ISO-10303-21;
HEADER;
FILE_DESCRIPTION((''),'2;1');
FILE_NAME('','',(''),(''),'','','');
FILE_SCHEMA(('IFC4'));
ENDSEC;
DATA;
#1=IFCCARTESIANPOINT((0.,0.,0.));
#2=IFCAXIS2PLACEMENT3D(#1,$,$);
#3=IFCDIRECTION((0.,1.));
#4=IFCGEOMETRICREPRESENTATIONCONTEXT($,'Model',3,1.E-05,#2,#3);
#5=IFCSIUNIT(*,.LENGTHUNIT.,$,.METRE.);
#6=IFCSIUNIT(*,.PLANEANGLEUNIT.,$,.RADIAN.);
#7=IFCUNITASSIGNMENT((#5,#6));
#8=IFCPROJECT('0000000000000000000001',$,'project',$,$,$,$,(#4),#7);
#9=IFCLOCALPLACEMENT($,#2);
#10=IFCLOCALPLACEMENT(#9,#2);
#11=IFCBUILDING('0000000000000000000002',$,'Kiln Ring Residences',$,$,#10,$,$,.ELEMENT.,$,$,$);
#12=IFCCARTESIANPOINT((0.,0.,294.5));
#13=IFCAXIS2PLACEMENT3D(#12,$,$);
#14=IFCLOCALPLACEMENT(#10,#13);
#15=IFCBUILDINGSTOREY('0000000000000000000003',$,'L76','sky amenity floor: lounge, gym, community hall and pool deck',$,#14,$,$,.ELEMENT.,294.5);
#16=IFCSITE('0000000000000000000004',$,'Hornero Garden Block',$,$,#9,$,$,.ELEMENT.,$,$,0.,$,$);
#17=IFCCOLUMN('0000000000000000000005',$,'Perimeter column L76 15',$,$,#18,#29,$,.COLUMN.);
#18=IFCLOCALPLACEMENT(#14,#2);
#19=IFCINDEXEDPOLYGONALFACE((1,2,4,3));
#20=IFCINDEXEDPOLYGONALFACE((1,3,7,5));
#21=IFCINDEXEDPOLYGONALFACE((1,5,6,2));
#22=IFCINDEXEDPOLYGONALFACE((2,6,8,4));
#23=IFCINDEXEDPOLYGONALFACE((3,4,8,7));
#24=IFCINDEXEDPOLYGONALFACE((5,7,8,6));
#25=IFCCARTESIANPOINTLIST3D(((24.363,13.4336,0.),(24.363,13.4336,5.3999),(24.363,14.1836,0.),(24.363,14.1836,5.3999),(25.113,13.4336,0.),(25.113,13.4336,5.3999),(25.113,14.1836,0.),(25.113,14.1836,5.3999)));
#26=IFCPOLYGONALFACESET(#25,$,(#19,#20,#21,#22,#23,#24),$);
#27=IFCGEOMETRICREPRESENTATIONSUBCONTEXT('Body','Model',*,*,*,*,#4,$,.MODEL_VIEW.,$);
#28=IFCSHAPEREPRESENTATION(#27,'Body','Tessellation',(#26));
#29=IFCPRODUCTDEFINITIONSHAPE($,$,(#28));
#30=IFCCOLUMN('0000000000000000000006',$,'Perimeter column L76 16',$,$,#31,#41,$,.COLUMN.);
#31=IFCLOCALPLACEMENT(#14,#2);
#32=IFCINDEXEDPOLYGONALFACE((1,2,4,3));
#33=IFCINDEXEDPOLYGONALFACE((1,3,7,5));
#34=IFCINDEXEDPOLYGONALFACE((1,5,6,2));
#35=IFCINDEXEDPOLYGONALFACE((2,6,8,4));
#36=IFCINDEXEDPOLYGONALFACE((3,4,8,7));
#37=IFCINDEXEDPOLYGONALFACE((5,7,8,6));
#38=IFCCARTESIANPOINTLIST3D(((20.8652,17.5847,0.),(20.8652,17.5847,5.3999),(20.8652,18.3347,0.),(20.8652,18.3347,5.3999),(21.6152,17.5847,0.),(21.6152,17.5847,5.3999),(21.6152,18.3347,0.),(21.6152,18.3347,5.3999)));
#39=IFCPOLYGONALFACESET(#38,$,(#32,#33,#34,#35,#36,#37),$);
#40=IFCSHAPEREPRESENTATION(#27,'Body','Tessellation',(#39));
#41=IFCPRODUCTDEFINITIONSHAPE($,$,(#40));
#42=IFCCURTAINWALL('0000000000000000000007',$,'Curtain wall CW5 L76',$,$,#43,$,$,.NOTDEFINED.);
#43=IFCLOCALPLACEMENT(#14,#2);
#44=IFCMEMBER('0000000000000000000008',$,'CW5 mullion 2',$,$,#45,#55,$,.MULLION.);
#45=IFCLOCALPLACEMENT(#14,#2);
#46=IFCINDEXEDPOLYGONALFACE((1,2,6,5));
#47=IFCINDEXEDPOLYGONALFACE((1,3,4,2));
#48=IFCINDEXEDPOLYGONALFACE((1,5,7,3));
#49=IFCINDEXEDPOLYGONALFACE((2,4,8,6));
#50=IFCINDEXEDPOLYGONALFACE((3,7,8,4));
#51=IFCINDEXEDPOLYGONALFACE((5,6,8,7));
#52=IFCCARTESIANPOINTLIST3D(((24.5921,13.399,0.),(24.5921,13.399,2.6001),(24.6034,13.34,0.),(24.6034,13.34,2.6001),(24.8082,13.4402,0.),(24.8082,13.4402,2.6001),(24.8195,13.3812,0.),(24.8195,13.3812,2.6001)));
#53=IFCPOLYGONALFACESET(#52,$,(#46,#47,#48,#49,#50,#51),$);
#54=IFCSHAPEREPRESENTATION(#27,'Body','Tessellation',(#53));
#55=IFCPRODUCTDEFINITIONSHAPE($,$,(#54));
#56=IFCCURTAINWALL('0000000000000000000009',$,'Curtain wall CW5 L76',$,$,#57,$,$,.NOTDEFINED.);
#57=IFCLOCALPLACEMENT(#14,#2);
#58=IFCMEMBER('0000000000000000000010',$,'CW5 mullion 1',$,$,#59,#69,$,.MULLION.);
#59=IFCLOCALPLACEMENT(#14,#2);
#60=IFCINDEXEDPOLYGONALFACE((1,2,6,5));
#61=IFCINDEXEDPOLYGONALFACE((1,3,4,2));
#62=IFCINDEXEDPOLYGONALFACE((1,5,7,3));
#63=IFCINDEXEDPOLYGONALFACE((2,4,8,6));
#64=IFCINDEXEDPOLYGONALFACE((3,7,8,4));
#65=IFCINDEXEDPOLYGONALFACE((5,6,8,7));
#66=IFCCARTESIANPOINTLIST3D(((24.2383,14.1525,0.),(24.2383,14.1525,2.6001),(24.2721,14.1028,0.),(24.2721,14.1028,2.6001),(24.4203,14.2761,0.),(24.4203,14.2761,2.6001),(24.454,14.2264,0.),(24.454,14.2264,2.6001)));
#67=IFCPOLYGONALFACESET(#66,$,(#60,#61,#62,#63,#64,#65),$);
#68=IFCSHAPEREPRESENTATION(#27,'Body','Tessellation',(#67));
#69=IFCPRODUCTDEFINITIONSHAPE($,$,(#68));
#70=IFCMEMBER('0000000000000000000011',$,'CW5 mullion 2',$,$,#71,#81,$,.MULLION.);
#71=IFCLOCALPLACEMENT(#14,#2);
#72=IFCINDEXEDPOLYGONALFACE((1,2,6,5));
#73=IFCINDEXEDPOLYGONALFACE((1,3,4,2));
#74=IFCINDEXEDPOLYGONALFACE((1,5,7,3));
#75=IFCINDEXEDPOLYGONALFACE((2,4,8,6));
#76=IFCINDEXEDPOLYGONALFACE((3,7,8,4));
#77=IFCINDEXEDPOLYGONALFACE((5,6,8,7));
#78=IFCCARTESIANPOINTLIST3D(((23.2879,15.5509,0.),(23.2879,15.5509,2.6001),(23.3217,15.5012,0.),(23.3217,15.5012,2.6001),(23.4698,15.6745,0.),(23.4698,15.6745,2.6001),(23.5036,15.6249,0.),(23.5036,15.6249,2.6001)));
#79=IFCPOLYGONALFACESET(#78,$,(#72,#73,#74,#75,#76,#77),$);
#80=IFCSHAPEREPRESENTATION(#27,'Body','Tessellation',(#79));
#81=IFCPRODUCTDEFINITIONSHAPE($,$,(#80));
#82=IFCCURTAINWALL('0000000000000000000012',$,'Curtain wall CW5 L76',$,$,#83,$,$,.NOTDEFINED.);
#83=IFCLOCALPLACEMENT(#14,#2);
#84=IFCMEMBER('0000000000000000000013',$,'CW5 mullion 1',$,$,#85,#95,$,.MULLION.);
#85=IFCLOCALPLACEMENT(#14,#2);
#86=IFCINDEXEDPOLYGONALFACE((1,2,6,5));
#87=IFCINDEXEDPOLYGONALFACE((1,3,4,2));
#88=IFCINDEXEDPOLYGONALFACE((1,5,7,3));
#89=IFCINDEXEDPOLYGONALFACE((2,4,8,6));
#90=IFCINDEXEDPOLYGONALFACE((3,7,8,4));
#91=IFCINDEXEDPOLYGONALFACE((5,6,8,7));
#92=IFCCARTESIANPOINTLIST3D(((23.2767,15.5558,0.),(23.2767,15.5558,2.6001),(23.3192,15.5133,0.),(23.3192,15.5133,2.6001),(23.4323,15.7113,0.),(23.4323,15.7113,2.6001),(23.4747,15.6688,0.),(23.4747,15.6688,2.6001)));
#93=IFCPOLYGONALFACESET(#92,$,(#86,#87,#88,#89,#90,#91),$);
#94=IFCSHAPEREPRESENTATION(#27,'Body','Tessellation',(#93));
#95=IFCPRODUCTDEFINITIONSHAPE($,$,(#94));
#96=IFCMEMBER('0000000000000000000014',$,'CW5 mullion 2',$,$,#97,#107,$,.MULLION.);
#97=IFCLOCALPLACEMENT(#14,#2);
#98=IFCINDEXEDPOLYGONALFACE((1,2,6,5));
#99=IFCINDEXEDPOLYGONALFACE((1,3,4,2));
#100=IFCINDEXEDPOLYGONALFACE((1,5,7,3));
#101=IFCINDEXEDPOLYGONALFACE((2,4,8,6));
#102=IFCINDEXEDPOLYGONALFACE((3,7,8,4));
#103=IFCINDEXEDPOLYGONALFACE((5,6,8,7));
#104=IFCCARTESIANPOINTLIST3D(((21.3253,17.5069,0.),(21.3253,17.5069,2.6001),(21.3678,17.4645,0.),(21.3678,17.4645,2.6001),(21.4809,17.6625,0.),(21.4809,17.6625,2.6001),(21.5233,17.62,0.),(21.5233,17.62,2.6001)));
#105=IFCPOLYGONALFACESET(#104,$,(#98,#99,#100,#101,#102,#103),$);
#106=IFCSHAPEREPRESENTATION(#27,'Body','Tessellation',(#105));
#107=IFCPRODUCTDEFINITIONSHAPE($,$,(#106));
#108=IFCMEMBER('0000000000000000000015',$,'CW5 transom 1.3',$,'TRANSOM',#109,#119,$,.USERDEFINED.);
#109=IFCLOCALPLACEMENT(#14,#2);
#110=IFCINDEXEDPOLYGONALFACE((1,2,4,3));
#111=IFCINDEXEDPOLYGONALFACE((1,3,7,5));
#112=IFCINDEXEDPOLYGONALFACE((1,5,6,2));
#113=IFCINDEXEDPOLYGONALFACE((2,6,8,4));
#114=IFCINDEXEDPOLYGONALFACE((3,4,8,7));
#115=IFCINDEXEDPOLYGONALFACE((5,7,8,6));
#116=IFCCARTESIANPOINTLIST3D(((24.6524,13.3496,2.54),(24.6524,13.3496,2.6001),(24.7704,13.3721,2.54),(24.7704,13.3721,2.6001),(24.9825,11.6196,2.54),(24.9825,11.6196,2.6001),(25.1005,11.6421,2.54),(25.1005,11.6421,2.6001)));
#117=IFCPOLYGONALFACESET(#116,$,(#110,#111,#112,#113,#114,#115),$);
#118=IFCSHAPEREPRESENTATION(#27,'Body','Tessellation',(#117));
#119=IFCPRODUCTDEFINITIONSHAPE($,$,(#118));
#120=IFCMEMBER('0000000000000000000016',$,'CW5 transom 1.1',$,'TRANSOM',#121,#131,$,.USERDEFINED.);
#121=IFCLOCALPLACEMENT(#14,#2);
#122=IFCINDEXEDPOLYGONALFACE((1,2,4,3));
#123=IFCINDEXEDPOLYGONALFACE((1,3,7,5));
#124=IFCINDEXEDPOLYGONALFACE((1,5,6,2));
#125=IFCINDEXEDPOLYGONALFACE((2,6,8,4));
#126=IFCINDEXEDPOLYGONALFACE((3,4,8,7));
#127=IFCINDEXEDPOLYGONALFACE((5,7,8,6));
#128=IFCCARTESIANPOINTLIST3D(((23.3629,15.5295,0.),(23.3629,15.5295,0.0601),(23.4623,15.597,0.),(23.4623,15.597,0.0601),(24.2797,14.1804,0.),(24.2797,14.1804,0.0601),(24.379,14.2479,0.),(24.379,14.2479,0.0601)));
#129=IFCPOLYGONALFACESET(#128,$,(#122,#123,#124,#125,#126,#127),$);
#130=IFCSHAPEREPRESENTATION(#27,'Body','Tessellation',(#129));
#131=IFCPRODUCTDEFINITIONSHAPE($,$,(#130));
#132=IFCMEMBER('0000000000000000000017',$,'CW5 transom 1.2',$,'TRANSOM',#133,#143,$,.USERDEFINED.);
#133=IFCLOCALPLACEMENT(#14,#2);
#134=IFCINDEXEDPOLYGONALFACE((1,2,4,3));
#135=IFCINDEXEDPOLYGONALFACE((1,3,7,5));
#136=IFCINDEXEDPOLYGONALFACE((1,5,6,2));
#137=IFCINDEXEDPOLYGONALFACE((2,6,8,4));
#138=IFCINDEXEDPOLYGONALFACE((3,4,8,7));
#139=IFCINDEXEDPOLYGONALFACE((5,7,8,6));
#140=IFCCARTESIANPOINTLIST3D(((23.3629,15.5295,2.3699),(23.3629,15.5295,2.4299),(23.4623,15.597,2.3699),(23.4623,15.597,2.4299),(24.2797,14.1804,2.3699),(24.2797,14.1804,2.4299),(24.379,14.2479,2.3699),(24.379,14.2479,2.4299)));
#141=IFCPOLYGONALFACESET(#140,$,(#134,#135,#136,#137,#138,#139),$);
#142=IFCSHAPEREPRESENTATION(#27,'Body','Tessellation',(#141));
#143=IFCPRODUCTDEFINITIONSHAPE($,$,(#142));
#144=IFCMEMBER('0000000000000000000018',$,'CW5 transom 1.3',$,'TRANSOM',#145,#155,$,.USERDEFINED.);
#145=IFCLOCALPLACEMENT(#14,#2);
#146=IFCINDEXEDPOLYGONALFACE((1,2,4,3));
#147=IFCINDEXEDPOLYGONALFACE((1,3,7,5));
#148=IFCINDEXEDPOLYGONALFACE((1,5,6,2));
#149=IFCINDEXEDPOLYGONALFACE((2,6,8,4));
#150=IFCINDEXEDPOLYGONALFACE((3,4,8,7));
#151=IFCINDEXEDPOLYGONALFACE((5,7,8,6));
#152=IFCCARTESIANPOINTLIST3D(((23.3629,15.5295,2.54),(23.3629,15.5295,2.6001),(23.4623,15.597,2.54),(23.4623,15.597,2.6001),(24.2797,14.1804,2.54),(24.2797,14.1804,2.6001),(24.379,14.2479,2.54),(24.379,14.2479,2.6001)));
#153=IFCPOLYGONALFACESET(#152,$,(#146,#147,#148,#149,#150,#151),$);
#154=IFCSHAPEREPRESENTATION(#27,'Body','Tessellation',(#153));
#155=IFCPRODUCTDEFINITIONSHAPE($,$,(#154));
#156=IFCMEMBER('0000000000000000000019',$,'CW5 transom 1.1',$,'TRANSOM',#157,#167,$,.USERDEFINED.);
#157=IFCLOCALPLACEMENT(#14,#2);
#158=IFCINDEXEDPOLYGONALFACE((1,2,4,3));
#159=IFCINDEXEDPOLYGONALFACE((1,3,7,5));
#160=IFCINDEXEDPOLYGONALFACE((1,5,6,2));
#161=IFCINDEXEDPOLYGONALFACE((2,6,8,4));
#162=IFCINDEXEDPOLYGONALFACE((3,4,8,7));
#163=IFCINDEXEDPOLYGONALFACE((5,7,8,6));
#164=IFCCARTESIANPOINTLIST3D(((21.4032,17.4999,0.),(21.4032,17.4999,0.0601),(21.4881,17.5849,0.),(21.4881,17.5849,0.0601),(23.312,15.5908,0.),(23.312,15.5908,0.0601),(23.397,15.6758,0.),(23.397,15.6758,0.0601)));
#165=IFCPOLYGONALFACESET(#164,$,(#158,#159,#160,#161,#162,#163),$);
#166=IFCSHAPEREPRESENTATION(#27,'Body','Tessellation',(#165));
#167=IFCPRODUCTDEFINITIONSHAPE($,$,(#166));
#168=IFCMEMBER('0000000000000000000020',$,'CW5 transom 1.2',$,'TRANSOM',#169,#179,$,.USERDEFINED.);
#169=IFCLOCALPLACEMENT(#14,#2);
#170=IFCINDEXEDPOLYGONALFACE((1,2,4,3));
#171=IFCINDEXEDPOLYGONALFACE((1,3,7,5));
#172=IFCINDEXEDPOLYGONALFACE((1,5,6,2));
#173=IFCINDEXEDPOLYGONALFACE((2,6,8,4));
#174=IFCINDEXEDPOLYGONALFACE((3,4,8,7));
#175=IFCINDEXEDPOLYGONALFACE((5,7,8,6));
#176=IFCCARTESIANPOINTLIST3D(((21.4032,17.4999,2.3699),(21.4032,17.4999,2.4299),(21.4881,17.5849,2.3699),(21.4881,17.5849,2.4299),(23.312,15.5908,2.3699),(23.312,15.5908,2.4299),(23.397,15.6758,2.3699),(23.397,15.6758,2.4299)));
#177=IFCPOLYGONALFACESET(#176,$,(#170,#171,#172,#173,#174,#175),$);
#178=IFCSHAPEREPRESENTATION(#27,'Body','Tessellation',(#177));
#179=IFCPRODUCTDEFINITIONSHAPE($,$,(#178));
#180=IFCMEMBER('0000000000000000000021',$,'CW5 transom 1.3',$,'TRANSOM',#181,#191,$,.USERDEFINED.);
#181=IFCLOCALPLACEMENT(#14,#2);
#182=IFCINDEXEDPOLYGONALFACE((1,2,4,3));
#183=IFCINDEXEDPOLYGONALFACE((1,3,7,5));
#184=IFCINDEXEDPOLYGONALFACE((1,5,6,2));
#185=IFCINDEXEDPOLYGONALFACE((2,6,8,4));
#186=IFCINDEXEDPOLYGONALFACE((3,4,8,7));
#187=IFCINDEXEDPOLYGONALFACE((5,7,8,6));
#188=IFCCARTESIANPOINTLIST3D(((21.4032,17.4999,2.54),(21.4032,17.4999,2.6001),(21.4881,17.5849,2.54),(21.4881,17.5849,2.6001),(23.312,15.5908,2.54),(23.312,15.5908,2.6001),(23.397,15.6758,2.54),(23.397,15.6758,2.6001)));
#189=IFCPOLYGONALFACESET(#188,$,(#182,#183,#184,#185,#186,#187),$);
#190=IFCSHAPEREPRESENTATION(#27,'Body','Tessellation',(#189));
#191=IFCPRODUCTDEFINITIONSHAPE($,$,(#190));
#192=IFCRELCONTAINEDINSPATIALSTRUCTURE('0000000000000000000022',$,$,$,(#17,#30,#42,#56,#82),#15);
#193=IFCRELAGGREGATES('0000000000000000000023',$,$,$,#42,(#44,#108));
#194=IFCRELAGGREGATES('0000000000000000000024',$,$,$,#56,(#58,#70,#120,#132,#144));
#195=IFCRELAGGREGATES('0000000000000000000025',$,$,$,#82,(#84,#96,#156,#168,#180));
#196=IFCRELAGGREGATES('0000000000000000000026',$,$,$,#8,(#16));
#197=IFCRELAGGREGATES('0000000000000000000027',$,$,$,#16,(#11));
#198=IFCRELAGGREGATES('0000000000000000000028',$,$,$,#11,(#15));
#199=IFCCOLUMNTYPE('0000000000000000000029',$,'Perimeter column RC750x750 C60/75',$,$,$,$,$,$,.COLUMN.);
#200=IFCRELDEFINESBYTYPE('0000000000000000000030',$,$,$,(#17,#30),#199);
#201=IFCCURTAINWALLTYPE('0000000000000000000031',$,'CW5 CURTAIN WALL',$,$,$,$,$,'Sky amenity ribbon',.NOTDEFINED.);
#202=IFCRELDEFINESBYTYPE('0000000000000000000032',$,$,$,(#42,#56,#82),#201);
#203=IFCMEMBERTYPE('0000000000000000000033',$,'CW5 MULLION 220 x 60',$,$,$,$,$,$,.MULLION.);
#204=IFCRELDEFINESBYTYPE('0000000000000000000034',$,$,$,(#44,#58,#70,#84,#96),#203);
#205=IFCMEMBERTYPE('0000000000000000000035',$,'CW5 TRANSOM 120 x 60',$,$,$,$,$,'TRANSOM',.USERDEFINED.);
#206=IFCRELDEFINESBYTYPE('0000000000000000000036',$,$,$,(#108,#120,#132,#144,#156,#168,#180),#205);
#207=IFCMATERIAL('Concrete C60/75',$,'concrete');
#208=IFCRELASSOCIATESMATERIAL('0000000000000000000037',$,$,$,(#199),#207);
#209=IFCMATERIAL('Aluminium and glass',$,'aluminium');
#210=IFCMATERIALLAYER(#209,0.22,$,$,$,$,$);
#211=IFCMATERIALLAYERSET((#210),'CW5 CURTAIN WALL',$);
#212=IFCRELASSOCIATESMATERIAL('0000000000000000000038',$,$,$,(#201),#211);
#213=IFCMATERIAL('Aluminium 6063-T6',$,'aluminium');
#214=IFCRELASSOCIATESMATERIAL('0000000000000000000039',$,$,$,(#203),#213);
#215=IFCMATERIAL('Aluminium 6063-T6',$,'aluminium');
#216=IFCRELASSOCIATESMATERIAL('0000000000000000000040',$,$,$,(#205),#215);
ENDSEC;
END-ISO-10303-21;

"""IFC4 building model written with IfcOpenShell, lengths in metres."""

from ifc_helpers import new_model, si_unit, direction, frame, origin, origin_2d, place, context, subcontext, project, spatial, rectangle, extrude, material, layer, layer_set, material_profile, profile_set, type_object, element, aggregate, save


model = new_model("IFC4")

# Units and contexts
model_context = context("Model", 3, precision=1e-05, world=origin(), true_north=direction((0.0, 1.0)))
body_context = subcontext(model_context, "Body", "Model", "MODEL_VIEW")
ifc_project = project(units=[si_unit("LENGTHUNIT", "METRE"), si_unit("PLANEANGLEUNIT", "RADIAN")], contexts=[model_context])

# Site, building, storey
site_placement = place(None, origin())
site = spatial("IfcSite", under=ifc_project, at=site_placement, Name="Hornero Garden Block", CompositionType="ELEMENT", RefElevation=0.0)
building_placement = place(site_placement, origin())
building = spatial("IfcBuilding", under=site, at=building_placement, Name="Kiln Ring Residences", CompositionType="ELEMENT")
storey_placement = place(building_placement, frame((0.0, 0.0, 294.5)))
storey = spatial("IfcBuildingStorey", under=building, at=storey_placement, Name="L76", Description="sky amenity floor: lounge, gym, community hall and pool deck", CompositionType="ELEMENT", Elevation=294.5)

# Columns
ifc_material_1 = material(Name="Concrete C60/75", Category="concrete")
ifc_material_profile_1 = material_profile(ifc_material_1, rectangle(XDim=0.75, YDim=0.75, at=origin_2d()), Name="RC750x750")
ifc_profile_set_1 = profile_set([ifc_material_profile_1], Name="Concrete C60/75")
column_type = type_object("IfcColumnType", Name="Perimeter column RC750x750 C60/75", PredefinedType="COLUMN", material=ifc_profile_set_1)
for number, where, z_axis, x_axis, name in (
    (1, (24.738, 13.8086, 0.0), (0.0, 0.0, 1.0), (1.0, 0.0, 0.0), "Perimeter column L76 15"),
    (2, (21.2402, 17.9597, 0.0), (0.0, 0.0, 1.0), (1.0, 0.0, 0.0), "Perimeter column L76 16"),
):
    element("IfcColumn", number, at=place(storey_placement, frame(where, z_axis=z_axis, x_axis=x_axis)), inside=storey, type_object=column_type, Name=name, PredefinedType="COLUMN", context=body_context, shape_type="SweptSolid", body=[
        extrude(rectangle(XDim=0.75, YDim=0.75, at=origin_2d()), origin(), (0.0, 0.0, 1.0), 5.3999),
    ])

# Curtain wall, member
ifc_material_2 = material(Name="Aluminium and glass", Category="aluminium")
ifc_layer_1 = layer(ifc_material_2, 0.22)
ifc_layer_set_1 = layer_set([ifc_layer_1], Name="CW5 CURTAIN WALL")
curtain_wall_type = type_object("IfcCurtainWallType", Name="CW5 CURTAIN WALL", ElementType="Sky amenity ribbon", PredefinedType="NOTDEFINED", material=ifc_layer_set_1)
placement = place(storey_placement, origin())
curtain_wall_1 = element("IfcCurtainWall", 3, at=placement, inside=storey, type_object=curtain_wall_type, Name="Curtain wall CW5 L76", PredefinedType="NOTDEFINED")
ifc_material_3 = material(Name="Aluminium 6063-T6", Category="aluminium")
ifc_material_profile_2 = material_profile(ifc_material_3, rectangle(XDim=0.22, YDim=0.0601, at=origin_2d()), Name="AL 220x60")
ifc_profile_set_2 = profile_set([ifc_material_profile_2], Name="Aluminium 6063-T6")
member_type_1 = type_object("IfcMemberType", Name="CW5 MULLION 220 x 60", PredefinedType="MULLION", material=ifc_profile_set_2)
member_1_placement = place(storey_placement, frame((24.7058, 13.3901, 0.0), z_axis=(0.0, 0.0, 1.0), x_axis=(-0.98229, -0.187366, 0.0)))
member_1 = element("IfcMember", 4, at=member_1_placement, type_object=member_type_1, Name="CW5 mullion 2", PredefinedType="MULLION", context=body_context, shape_type="SweptSolid", body=[
    extrude(rectangle(XDim=0.22, YDim=0.0601, at=origin_2d()), origin(), (0.0, 0.0, 1.0), 2.6001),
])

# Curtain walls, members
curtain_wall_2 = element("IfcCurtainWall", 5, at=placement, inside=storey, type_object=curtain_wall_type, Name="Curtain wall CW5 L76", PredefinedType="NOTDEFINED")
member_2_placement = place(storey_placement, frame((24.3462, 14.1895, 0.0), z_axis=(0.0, 0.0, 1.0), x_axis=(-0.827072, -0.562097, 0.0)))
member_2 = element("IfcMember", 6, at=member_2_placement, type_object=member_type_1, Name="CW5 mullion 1", PredefinedType="MULLION", context=body_context, shape_type="SweptSolid", body=[
    extrude(rectangle(XDim=0.22, YDim=0.0601, at=origin_2d()), origin(), (0.0, 0.0, 1.0), 2.6001),
])
member_3_placement = place(storey_placement, frame((23.3958, 15.5879, 0.0), z_axis=(0.0, 0.0, 1.0), x_axis=(-0.827072, -0.562097, 0.0)))
member_3 = element("IfcMember", 7, at=member_3_placement, type_object=member_type_1, Name="CW5 mullion 2", PredefinedType="MULLION", context=body_context, shape_type="SweptSolid", body=[
    extrude(rectangle(XDim=0.22, YDim=0.0601, at=origin_2d()), origin(), (0.0, 0.0, 1.0), 2.6001),
])
curtain_wall_3 = element("IfcCurtainWall", 8, at=placement, inside=storey, type_object=curtain_wall_type, Name="Curtain wall CW5 L76", PredefinedType="NOTDEFINED")
member_4_placement = place(storey_placement, frame((23.3757, 15.6123, 0.0), z_axis=(0.0, 0.0, 1.0), x_axis=(-0.707107, -0.707107, 0.0)))
member_4 = element("IfcMember", 9, at=member_4_placement, type_object=member_type_1, Name="CW5 mullion 1", PredefinedType="MULLION", context=body_context, shape_type="SweptSolid", body=[
    extrude(rectangle(XDim=0.22, YDim=0.0601, at=origin_2d()), origin(), (0.0, 0.0, 1.0), 2.6001),
])
member_5_placement = place(storey_placement, frame((21.4243, 17.5635, 0.0), z_axis=(0.0, 0.0, 1.0), x_axis=(-0.707107, -0.707107, 0.0)))
member_5 = element("IfcMember", 10, at=member_5_placement, type_object=member_type_1, Name="CW5 mullion 2", PredefinedType="MULLION", context=body_context, shape_type="SweptSolid", body=[
    extrude(rectangle(XDim=0.22, YDim=0.0601, at=origin_2d()), origin(), (0.0, 0.0, 1.0), 2.6001),
])

# Members
ifc_material_4 = material(Name="Aluminium 6063-T6", Category="aluminium")
ifc_material_profile_3 = material_profile(ifc_material_4, rectangle(XDim=0.1201, YDim=0.0601, at=origin_2d()), Name="AL 120x60")
ifc_profile_set_3 = profile_set([ifc_material_profile_3], Name="Aluminium 6063-T6")
member_type_2 = type_object("IfcMemberType", Name="CW5 TRANSOM 120 x 60", ElementType="TRANSOM", PredefinedType="USERDEFINED", material=ifc_profile_set_3)
member_6_placement = place(storey_placement, frame((25.0415, 11.6309, 2.5701), z_axis=(-0.187418, 0.98228, 0.0), x_axis=(-0.98228, -0.187418, 0.0)))
member_6 = element("IfcMember", 11, at=member_6_placement, type_object=member_type_2, Name="CW5 transom 1.3", ObjectType="TRANSOM", PredefinedType="USERDEFINED", context=body_context, shape_type="SweptSolid", body=[
    extrude(rectangle(XDim=0.1201, YDim=0.0601, at=origin_2d()), origin(), (0.0, 0.0, 1.0), 1.7612),
])
member_7_placement = place(storey_placement, frame((24.3293, 14.2141, 0.03), z_axis=(-0.562036, 0.827113, 0.0), x_axis=(-0.827113, -0.562036, 0.0)))
member_7 = element("IfcMember", 12, at=member_7_placement, type_object=member_type_2, Name="CW5 transom 1.1", ObjectType="TRANSOM", PredefinedType="USERDEFINED", context=body_context, shape_type="SweptSolid", body=[
    extrude(rectangle(XDim=0.1201, YDim=0.0601, at=origin_2d()), origin(), (0.0, 0.0, 1.0), 1.6311),
])
member_8_placement = place(storey_placement, frame((24.3293, 14.2141, 2.3999), z_axis=(-0.562036, 0.827113, 0.0), x_axis=(-0.827113, -0.562036, 0.0)))
member_8 = element("IfcMember", 13, at=member_8_placement, type_object=member_type_2, Name="CW5 transom 1.2", ObjectType="TRANSOM", PredefinedType="USERDEFINED", context=body_context, shape_type="SweptSolid", body=[
    extrude(rectangle(XDim=0.1201, YDim=0.0601, at=origin_2d()), origin(), (0.0, 0.0, 1.0), 1.6311),
])
member_9_placement = place(storey_placement, frame((24.3293, 14.2141, 2.5701), z_axis=(-0.562036, 0.827113, 0.0), x_axis=(-0.827113, -0.562036, 0.0)))
member_9 = element("IfcMember", 14, at=member_9_placement, type_object=member_type_2, Name="CW5 transom 1.3", ObjectType="TRANSOM", PredefinedType="USERDEFINED", context=body_context, shape_type="SweptSolid", body=[
    extrude(rectangle(XDim=0.1201, YDim=0.0601, at=origin_2d()), origin(), (0.0, 0.0, 1.0), 1.6311),
])
member_10_placement = place(storey_placement, frame((23.3545, 15.6333, 0.03), z_axis=(-0.707062, 0.707152, 0.0), x_axis=(-0.707152, -0.707062, 0.0)))
member_10 = element("IfcMember", 15, at=member_10_placement, type_object=member_type_2, Name="CW5 transom 1.1", ObjectType="TRANSOM", PredefinedType="USERDEFINED", context=body_context, shape_type="SweptSolid", body=[
    extrude(rectangle(XDim=0.1201, YDim=0.0601, at=origin_2d()), origin(), (0.0, 0.0, 1.0), 2.6997),
])
member_11_placement = place(storey_placement, frame((23.3545, 15.6333, 2.3999), z_axis=(-0.707062, 0.707152, 0.0), x_axis=(-0.707152, -0.707062, 0.0)))
member_11 = element("IfcMember", 16, at=member_11_placement, type_object=member_type_2, Name="CW5 transom 1.2", ObjectType="TRANSOM", PredefinedType="USERDEFINED", context=body_context, shape_type="SweptSolid", body=[
    extrude(rectangle(XDim=0.1201, YDim=0.0601, at=origin_2d()), origin(), (0.0, 0.0, 1.0), 2.6997),
])
member_12_placement = place(storey_placement, frame((23.3545, 15.6333, 2.5701), z_axis=(-0.707062, 0.707152, 0.0), x_axis=(-0.707152, -0.707062, 0.0)))
member_12 = element("IfcMember", 17, at=member_12_placement, type_object=member_type_2, Name="CW5 transom 1.3", ObjectType="TRANSOM", PredefinedType="USERDEFINED", context=body_context, shape_type="SweptSolid", body=[
    extrude(rectangle(XDim=0.1201, YDim=0.0601, at=origin_2d()), origin(), (0.0, 0.0, 1.0), 2.6997),
])

aggregate(curtain_wall_1, [member_1, member_6])
aggregate(curtain_wall_2, [member_2, member_3, member_7, member_8, member_9])
aggregate(curtain_wall_3, [member_4, member_5, member_10, member_11, member_12])

save(model, "model.ifc")
